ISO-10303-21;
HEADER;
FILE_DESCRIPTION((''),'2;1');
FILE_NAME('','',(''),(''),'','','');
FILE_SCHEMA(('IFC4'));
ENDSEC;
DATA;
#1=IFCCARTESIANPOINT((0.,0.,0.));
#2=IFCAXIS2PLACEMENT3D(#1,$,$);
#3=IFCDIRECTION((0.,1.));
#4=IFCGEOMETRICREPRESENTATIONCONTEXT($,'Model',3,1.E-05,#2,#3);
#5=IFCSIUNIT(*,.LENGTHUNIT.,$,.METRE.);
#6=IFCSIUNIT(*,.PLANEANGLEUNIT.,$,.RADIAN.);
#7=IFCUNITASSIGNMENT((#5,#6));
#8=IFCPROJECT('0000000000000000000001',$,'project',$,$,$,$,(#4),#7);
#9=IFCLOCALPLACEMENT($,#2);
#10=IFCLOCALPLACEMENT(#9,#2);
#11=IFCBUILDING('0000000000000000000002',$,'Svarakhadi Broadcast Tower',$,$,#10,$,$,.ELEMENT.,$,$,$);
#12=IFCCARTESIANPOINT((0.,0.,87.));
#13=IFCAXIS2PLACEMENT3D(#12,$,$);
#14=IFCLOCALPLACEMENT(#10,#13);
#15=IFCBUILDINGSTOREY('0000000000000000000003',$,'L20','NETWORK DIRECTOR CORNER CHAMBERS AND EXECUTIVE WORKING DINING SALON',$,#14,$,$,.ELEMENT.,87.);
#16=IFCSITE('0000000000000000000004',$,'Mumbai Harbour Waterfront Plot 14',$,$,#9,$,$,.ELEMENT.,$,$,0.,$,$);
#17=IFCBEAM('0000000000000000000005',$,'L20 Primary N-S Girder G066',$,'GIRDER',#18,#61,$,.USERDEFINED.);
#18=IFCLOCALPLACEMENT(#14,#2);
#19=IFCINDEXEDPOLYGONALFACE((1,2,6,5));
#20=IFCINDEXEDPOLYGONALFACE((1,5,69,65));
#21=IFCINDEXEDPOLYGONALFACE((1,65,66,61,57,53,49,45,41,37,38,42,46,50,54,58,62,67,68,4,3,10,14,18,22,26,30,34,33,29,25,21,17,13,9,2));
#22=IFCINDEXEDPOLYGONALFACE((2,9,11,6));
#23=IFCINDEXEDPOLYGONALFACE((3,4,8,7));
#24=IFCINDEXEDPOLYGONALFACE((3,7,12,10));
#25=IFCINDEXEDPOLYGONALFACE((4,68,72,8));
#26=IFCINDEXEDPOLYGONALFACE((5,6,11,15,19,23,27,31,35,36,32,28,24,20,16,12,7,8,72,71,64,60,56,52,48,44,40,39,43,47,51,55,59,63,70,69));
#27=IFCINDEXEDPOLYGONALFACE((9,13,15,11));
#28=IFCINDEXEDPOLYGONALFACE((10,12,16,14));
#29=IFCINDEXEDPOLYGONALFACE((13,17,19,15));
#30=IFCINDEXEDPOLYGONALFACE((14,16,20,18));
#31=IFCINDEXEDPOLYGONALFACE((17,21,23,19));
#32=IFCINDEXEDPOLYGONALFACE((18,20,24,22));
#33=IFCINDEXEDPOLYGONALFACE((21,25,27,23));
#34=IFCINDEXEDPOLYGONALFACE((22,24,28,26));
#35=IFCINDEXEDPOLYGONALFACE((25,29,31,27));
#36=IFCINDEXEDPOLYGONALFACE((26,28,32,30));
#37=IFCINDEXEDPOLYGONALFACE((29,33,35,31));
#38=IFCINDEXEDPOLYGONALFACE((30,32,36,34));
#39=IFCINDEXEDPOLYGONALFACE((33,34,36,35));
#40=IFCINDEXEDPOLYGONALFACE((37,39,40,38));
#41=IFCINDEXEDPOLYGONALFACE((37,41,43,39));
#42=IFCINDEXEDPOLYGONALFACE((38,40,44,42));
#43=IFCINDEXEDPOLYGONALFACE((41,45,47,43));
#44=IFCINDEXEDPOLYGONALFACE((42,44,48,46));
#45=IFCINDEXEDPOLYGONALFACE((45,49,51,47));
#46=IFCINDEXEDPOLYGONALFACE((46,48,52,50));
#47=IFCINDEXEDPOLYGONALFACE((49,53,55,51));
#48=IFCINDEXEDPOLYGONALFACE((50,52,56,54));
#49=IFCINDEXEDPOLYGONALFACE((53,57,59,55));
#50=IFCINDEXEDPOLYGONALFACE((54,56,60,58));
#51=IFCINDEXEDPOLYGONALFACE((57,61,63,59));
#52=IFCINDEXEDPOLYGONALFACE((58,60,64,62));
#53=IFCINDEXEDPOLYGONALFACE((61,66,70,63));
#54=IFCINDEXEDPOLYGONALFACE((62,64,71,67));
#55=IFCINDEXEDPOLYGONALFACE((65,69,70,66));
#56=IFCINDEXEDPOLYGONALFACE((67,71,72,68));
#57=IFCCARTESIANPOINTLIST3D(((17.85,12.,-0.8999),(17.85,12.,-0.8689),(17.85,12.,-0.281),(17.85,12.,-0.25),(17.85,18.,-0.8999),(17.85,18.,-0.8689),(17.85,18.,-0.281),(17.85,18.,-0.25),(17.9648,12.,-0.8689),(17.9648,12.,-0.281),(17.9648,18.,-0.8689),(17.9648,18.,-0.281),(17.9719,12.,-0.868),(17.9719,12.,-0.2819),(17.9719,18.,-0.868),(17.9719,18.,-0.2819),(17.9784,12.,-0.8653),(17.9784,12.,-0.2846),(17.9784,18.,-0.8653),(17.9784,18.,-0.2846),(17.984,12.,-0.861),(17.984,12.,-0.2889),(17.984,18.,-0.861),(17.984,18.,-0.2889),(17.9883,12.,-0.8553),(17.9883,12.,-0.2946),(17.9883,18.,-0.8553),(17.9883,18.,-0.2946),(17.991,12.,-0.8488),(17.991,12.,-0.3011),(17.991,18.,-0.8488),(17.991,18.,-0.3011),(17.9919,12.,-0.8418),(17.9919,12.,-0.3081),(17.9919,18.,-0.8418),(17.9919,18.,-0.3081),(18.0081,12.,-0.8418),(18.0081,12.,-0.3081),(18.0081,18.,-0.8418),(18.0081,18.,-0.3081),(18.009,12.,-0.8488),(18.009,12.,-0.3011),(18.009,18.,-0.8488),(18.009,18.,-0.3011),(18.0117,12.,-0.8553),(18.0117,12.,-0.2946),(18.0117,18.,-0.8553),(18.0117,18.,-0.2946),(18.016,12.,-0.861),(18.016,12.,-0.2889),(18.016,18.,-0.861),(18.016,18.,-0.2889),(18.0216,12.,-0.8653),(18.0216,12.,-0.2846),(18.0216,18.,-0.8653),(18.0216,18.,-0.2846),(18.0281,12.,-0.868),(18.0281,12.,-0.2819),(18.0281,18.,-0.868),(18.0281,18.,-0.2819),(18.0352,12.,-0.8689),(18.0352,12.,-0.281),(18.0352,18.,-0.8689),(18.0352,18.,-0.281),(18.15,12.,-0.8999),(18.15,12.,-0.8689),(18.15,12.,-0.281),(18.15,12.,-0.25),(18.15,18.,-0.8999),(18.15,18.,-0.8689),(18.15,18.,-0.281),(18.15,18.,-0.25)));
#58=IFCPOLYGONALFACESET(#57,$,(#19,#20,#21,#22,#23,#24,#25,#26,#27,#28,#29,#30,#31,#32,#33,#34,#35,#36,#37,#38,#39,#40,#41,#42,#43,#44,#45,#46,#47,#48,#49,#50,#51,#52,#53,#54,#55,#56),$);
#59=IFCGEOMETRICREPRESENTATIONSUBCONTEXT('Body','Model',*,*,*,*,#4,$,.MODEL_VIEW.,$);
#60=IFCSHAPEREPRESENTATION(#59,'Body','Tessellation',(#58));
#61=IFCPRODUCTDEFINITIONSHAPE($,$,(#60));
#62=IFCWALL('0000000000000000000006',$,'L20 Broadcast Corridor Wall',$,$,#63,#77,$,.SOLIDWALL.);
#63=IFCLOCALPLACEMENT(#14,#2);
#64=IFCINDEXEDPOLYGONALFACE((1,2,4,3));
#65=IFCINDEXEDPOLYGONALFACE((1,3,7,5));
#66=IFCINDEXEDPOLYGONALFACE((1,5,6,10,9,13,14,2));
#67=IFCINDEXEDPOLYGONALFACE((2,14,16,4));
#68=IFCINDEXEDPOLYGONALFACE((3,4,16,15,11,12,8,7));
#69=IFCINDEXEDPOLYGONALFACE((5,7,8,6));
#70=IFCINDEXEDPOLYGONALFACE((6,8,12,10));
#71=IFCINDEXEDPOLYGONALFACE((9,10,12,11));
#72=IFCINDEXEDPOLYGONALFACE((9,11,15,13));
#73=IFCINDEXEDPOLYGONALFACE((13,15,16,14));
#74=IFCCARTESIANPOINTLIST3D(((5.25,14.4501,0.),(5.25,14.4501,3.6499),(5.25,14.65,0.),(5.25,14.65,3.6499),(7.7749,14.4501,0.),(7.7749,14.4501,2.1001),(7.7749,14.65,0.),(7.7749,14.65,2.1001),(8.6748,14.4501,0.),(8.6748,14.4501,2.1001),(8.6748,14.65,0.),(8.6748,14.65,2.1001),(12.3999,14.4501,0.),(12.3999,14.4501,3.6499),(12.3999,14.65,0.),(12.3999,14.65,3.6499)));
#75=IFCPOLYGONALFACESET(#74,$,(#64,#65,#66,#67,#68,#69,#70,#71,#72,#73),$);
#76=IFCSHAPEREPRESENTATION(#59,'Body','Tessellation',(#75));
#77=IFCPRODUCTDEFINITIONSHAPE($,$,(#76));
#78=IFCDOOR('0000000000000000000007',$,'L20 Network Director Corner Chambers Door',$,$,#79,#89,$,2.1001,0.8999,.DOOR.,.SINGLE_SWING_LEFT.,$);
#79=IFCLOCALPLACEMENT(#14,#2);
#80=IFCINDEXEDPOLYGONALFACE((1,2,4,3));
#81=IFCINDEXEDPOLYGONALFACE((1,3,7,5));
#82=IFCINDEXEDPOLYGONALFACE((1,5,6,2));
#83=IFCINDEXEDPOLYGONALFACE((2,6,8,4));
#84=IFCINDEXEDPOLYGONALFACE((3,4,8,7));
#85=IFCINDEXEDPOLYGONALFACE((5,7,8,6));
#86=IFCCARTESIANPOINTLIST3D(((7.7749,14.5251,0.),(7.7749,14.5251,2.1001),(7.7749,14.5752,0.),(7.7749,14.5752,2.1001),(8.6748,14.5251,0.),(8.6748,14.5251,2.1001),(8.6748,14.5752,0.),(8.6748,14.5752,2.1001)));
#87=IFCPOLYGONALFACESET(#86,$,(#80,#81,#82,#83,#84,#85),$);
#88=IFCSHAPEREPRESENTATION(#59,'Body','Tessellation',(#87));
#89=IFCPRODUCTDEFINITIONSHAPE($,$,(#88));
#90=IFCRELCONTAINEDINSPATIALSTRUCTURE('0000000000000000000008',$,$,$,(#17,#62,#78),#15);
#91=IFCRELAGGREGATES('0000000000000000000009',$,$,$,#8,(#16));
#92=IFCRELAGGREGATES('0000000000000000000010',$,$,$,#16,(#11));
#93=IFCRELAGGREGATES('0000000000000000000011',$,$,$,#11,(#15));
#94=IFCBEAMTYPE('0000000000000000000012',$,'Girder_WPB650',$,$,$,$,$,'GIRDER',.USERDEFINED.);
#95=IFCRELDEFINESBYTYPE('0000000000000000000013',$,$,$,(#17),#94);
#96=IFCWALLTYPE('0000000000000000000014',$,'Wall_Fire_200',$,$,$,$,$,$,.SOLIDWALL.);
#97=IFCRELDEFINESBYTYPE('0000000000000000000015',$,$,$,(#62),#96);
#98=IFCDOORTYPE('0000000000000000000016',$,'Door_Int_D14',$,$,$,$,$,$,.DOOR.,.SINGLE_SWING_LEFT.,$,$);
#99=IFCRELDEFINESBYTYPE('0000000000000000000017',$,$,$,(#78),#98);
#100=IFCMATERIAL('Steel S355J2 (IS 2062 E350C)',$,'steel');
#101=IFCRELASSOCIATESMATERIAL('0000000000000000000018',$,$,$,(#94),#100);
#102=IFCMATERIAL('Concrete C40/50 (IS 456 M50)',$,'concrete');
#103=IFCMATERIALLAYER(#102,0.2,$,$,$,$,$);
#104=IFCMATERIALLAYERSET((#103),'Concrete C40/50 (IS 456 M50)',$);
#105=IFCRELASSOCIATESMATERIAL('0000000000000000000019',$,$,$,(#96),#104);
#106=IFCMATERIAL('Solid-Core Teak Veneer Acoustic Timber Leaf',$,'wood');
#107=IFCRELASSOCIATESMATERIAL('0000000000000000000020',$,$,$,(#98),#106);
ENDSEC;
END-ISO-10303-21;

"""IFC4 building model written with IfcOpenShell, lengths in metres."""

from ifc_helpers import new_model, si_unit, direction, frame, frame_2d, origin, origin_2d, place, context, subcontext, project, spatial, rectangle, i_section, extrude, material, layer, layer_set, material_profile, profile_set, type_object, element, fill, save


model = new_model("IFC4")

# Units and contexts
model_context = context("Model", 3, precision=1e-05, world=origin(), true_north=direction((0.0, 1.0)))
body_context = subcontext(model_context, "Body", "Model", "MODEL_VIEW")
ifc_project = project(units=[si_unit("LENGTHUNIT", "METRE"), si_unit("PLANEANGLEUNIT", "RADIAN")], contexts=[model_context])

# Site, building, storey
site_placement = place(None, origin())
site = spatial("IfcSite", under=ifc_project, at=site_placement, Name="Mumbai Harbour Waterfront Plot 14", CompositionType="ELEMENT", RefElevation=0.0)
building_placement = place(site_placement, origin())
building = spatial("IfcBuilding", under=site, at=building_placement, Name="Svarakhadi Broadcast Tower", CompositionType="ELEMENT")
storey_placement = place(building_placement, frame((0.0, 0.0, 87.0)))
storey = spatial("IfcBuildingStorey", under=building, at=storey_placement, Name="L20", Description="NETWORK DIRECTOR CORNER CHAMBERS AND EXECUTIVE WORKING DINING SALON", CompositionType="ELEMENT", Elevation=87.0)

# Beam
ifc_material_1 = material(Name="Steel S355J2 (IS 2062 E350C)", Category="steel")
ifc_material_profile_1 = material_profile(ifc_material_1, i_section(OverallWidth=0.3, OverallDepth=0.6499, WebThickness=0.0161, FlangeThickness=0.031, FilletRadius=0.0271, at=origin_2d()), Name="WPB 650x300x225")
ifc_profile_set_1 = profile_set([ifc_material_profile_1], Name="Steel S355J2 (IS 2062 E350C)")
beam_type_1 = type_object("IfcBeamType", Name="Girder_WPB650", ElementType="GIRDER", PredefinedType="USERDEFINED", material=ifc_profile_set_1)
for number, where, z_axis, x_axis, name in (
    (1, (18.0, 12.0, -0.575), (0.0, 1.0, 0.0), (-1.0, 0.0, 0.0), "L20 Primary N-S Girder G066"),
):
    element("IfcBeam", number, at=place(storey_placement, frame(where, z_axis=z_axis, x_axis=x_axis)), inside=storey, type_object=beam_type_1, Name=name, ObjectType="GIRDER", PredefinedType="USERDEFINED", context=body_context, shape_type="SweptSolid", body=[
        extrude(i_section(OverallWidth=0.3, OverallDepth=0.6499, WebThickness=0.0161, FlangeThickness=0.031, FilletRadius=0.0271, at=origin_2d()), origin(), (0.0, 0.0, 1.0), 6.0),
    ])

# Wall, opening, door
ifc_material_2 = material(Name="Concrete C40/50 (IS 456 M50)", Category="concrete")
ifc_layer = layer(ifc_material_2, 0.2)
ifc_layer_set = layer_set([ifc_layer], Name="Concrete C40/50 (IS 456 M50)")
wall_type = type_object("IfcWallType", Name="Wall_Fire_200", PredefinedType="SOLIDWALL", material=ifc_layer_set)
wall_placement = place(storey_placement, frame((12.3999, 14.55, 0.0), z_axis=(0.0, 0.0, 1.0), x_axis=(-1.0, 0.0, 0.0)))
wall = element("IfcWall", 2, at=wall_placement, inside=storey, type_object=wall_type, Name="L20 Broadcast Corridor Wall", PredefinedType="SOLIDWALL", context=body_context, shape_type="SweptSolid", body=[
    extrude(rectangle(XDim=7.1499, YDim=0.2, at=frame_2d((3.575, 0.0))), origin(), (0.0, 0.0, 1.0), 3.6499),
])
opening_placement = place(wall_placement, frame((3.7251, 0.0, 0.0)))
opening = element("IfcOpeningElement", 3, at=opening_placement, cuts=wall, PredefinedType="OPENING", context=body_context, shape_type="SweptSolid", body=[
    extrude(rectangle(XDim=0.8999, YDim=2.1001, at=frame_2d((0.45, 1.05))), frame((0.0, 0.1099, 0.0), z_axis=(0.0, -1.0, 0.0), x_axis=(1.0, 0.0, 0.0)), (0.0, 0.0, 1.0), 0.22),
])
ifc_material_3 = material(Name="Solid-Core Teak Veneer Acoustic Timber Leaf", Category="wood")
door_type = type_object("IfcDoorType", Name="Door_Int_D14", OperationType="SINGLE_SWING_LEFT", PredefinedType="DOOR", material=ifc_material_3)
door_placement = place(opening_placement, origin())
door = element("IfcDoor", 4, at=door_placement, inside=storey, type_object=door_type, Name="L20 Network Director Corner Chambers Door", OperationType="SINGLE_SWING_LEFT", OverallHeight=2.1001, OverallWidth=0.8999, PredefinedType="DOOR", context=body_context, shape_type="SweptSolid", body=[
    extrude(rectangle(XDim=0.8999, YDim=2.1001, at=frame_2d((0.45, 1.05))), frame((0.0, 0.0249, 0.0), z_axis=(0.0, -1.0, 0.0), x_axis=(1.0, 0.0, 0.0)), (0.0, 0.0, 1.0), 0.05),
])
fill(opening, door)

save(model, "model.ifc")
